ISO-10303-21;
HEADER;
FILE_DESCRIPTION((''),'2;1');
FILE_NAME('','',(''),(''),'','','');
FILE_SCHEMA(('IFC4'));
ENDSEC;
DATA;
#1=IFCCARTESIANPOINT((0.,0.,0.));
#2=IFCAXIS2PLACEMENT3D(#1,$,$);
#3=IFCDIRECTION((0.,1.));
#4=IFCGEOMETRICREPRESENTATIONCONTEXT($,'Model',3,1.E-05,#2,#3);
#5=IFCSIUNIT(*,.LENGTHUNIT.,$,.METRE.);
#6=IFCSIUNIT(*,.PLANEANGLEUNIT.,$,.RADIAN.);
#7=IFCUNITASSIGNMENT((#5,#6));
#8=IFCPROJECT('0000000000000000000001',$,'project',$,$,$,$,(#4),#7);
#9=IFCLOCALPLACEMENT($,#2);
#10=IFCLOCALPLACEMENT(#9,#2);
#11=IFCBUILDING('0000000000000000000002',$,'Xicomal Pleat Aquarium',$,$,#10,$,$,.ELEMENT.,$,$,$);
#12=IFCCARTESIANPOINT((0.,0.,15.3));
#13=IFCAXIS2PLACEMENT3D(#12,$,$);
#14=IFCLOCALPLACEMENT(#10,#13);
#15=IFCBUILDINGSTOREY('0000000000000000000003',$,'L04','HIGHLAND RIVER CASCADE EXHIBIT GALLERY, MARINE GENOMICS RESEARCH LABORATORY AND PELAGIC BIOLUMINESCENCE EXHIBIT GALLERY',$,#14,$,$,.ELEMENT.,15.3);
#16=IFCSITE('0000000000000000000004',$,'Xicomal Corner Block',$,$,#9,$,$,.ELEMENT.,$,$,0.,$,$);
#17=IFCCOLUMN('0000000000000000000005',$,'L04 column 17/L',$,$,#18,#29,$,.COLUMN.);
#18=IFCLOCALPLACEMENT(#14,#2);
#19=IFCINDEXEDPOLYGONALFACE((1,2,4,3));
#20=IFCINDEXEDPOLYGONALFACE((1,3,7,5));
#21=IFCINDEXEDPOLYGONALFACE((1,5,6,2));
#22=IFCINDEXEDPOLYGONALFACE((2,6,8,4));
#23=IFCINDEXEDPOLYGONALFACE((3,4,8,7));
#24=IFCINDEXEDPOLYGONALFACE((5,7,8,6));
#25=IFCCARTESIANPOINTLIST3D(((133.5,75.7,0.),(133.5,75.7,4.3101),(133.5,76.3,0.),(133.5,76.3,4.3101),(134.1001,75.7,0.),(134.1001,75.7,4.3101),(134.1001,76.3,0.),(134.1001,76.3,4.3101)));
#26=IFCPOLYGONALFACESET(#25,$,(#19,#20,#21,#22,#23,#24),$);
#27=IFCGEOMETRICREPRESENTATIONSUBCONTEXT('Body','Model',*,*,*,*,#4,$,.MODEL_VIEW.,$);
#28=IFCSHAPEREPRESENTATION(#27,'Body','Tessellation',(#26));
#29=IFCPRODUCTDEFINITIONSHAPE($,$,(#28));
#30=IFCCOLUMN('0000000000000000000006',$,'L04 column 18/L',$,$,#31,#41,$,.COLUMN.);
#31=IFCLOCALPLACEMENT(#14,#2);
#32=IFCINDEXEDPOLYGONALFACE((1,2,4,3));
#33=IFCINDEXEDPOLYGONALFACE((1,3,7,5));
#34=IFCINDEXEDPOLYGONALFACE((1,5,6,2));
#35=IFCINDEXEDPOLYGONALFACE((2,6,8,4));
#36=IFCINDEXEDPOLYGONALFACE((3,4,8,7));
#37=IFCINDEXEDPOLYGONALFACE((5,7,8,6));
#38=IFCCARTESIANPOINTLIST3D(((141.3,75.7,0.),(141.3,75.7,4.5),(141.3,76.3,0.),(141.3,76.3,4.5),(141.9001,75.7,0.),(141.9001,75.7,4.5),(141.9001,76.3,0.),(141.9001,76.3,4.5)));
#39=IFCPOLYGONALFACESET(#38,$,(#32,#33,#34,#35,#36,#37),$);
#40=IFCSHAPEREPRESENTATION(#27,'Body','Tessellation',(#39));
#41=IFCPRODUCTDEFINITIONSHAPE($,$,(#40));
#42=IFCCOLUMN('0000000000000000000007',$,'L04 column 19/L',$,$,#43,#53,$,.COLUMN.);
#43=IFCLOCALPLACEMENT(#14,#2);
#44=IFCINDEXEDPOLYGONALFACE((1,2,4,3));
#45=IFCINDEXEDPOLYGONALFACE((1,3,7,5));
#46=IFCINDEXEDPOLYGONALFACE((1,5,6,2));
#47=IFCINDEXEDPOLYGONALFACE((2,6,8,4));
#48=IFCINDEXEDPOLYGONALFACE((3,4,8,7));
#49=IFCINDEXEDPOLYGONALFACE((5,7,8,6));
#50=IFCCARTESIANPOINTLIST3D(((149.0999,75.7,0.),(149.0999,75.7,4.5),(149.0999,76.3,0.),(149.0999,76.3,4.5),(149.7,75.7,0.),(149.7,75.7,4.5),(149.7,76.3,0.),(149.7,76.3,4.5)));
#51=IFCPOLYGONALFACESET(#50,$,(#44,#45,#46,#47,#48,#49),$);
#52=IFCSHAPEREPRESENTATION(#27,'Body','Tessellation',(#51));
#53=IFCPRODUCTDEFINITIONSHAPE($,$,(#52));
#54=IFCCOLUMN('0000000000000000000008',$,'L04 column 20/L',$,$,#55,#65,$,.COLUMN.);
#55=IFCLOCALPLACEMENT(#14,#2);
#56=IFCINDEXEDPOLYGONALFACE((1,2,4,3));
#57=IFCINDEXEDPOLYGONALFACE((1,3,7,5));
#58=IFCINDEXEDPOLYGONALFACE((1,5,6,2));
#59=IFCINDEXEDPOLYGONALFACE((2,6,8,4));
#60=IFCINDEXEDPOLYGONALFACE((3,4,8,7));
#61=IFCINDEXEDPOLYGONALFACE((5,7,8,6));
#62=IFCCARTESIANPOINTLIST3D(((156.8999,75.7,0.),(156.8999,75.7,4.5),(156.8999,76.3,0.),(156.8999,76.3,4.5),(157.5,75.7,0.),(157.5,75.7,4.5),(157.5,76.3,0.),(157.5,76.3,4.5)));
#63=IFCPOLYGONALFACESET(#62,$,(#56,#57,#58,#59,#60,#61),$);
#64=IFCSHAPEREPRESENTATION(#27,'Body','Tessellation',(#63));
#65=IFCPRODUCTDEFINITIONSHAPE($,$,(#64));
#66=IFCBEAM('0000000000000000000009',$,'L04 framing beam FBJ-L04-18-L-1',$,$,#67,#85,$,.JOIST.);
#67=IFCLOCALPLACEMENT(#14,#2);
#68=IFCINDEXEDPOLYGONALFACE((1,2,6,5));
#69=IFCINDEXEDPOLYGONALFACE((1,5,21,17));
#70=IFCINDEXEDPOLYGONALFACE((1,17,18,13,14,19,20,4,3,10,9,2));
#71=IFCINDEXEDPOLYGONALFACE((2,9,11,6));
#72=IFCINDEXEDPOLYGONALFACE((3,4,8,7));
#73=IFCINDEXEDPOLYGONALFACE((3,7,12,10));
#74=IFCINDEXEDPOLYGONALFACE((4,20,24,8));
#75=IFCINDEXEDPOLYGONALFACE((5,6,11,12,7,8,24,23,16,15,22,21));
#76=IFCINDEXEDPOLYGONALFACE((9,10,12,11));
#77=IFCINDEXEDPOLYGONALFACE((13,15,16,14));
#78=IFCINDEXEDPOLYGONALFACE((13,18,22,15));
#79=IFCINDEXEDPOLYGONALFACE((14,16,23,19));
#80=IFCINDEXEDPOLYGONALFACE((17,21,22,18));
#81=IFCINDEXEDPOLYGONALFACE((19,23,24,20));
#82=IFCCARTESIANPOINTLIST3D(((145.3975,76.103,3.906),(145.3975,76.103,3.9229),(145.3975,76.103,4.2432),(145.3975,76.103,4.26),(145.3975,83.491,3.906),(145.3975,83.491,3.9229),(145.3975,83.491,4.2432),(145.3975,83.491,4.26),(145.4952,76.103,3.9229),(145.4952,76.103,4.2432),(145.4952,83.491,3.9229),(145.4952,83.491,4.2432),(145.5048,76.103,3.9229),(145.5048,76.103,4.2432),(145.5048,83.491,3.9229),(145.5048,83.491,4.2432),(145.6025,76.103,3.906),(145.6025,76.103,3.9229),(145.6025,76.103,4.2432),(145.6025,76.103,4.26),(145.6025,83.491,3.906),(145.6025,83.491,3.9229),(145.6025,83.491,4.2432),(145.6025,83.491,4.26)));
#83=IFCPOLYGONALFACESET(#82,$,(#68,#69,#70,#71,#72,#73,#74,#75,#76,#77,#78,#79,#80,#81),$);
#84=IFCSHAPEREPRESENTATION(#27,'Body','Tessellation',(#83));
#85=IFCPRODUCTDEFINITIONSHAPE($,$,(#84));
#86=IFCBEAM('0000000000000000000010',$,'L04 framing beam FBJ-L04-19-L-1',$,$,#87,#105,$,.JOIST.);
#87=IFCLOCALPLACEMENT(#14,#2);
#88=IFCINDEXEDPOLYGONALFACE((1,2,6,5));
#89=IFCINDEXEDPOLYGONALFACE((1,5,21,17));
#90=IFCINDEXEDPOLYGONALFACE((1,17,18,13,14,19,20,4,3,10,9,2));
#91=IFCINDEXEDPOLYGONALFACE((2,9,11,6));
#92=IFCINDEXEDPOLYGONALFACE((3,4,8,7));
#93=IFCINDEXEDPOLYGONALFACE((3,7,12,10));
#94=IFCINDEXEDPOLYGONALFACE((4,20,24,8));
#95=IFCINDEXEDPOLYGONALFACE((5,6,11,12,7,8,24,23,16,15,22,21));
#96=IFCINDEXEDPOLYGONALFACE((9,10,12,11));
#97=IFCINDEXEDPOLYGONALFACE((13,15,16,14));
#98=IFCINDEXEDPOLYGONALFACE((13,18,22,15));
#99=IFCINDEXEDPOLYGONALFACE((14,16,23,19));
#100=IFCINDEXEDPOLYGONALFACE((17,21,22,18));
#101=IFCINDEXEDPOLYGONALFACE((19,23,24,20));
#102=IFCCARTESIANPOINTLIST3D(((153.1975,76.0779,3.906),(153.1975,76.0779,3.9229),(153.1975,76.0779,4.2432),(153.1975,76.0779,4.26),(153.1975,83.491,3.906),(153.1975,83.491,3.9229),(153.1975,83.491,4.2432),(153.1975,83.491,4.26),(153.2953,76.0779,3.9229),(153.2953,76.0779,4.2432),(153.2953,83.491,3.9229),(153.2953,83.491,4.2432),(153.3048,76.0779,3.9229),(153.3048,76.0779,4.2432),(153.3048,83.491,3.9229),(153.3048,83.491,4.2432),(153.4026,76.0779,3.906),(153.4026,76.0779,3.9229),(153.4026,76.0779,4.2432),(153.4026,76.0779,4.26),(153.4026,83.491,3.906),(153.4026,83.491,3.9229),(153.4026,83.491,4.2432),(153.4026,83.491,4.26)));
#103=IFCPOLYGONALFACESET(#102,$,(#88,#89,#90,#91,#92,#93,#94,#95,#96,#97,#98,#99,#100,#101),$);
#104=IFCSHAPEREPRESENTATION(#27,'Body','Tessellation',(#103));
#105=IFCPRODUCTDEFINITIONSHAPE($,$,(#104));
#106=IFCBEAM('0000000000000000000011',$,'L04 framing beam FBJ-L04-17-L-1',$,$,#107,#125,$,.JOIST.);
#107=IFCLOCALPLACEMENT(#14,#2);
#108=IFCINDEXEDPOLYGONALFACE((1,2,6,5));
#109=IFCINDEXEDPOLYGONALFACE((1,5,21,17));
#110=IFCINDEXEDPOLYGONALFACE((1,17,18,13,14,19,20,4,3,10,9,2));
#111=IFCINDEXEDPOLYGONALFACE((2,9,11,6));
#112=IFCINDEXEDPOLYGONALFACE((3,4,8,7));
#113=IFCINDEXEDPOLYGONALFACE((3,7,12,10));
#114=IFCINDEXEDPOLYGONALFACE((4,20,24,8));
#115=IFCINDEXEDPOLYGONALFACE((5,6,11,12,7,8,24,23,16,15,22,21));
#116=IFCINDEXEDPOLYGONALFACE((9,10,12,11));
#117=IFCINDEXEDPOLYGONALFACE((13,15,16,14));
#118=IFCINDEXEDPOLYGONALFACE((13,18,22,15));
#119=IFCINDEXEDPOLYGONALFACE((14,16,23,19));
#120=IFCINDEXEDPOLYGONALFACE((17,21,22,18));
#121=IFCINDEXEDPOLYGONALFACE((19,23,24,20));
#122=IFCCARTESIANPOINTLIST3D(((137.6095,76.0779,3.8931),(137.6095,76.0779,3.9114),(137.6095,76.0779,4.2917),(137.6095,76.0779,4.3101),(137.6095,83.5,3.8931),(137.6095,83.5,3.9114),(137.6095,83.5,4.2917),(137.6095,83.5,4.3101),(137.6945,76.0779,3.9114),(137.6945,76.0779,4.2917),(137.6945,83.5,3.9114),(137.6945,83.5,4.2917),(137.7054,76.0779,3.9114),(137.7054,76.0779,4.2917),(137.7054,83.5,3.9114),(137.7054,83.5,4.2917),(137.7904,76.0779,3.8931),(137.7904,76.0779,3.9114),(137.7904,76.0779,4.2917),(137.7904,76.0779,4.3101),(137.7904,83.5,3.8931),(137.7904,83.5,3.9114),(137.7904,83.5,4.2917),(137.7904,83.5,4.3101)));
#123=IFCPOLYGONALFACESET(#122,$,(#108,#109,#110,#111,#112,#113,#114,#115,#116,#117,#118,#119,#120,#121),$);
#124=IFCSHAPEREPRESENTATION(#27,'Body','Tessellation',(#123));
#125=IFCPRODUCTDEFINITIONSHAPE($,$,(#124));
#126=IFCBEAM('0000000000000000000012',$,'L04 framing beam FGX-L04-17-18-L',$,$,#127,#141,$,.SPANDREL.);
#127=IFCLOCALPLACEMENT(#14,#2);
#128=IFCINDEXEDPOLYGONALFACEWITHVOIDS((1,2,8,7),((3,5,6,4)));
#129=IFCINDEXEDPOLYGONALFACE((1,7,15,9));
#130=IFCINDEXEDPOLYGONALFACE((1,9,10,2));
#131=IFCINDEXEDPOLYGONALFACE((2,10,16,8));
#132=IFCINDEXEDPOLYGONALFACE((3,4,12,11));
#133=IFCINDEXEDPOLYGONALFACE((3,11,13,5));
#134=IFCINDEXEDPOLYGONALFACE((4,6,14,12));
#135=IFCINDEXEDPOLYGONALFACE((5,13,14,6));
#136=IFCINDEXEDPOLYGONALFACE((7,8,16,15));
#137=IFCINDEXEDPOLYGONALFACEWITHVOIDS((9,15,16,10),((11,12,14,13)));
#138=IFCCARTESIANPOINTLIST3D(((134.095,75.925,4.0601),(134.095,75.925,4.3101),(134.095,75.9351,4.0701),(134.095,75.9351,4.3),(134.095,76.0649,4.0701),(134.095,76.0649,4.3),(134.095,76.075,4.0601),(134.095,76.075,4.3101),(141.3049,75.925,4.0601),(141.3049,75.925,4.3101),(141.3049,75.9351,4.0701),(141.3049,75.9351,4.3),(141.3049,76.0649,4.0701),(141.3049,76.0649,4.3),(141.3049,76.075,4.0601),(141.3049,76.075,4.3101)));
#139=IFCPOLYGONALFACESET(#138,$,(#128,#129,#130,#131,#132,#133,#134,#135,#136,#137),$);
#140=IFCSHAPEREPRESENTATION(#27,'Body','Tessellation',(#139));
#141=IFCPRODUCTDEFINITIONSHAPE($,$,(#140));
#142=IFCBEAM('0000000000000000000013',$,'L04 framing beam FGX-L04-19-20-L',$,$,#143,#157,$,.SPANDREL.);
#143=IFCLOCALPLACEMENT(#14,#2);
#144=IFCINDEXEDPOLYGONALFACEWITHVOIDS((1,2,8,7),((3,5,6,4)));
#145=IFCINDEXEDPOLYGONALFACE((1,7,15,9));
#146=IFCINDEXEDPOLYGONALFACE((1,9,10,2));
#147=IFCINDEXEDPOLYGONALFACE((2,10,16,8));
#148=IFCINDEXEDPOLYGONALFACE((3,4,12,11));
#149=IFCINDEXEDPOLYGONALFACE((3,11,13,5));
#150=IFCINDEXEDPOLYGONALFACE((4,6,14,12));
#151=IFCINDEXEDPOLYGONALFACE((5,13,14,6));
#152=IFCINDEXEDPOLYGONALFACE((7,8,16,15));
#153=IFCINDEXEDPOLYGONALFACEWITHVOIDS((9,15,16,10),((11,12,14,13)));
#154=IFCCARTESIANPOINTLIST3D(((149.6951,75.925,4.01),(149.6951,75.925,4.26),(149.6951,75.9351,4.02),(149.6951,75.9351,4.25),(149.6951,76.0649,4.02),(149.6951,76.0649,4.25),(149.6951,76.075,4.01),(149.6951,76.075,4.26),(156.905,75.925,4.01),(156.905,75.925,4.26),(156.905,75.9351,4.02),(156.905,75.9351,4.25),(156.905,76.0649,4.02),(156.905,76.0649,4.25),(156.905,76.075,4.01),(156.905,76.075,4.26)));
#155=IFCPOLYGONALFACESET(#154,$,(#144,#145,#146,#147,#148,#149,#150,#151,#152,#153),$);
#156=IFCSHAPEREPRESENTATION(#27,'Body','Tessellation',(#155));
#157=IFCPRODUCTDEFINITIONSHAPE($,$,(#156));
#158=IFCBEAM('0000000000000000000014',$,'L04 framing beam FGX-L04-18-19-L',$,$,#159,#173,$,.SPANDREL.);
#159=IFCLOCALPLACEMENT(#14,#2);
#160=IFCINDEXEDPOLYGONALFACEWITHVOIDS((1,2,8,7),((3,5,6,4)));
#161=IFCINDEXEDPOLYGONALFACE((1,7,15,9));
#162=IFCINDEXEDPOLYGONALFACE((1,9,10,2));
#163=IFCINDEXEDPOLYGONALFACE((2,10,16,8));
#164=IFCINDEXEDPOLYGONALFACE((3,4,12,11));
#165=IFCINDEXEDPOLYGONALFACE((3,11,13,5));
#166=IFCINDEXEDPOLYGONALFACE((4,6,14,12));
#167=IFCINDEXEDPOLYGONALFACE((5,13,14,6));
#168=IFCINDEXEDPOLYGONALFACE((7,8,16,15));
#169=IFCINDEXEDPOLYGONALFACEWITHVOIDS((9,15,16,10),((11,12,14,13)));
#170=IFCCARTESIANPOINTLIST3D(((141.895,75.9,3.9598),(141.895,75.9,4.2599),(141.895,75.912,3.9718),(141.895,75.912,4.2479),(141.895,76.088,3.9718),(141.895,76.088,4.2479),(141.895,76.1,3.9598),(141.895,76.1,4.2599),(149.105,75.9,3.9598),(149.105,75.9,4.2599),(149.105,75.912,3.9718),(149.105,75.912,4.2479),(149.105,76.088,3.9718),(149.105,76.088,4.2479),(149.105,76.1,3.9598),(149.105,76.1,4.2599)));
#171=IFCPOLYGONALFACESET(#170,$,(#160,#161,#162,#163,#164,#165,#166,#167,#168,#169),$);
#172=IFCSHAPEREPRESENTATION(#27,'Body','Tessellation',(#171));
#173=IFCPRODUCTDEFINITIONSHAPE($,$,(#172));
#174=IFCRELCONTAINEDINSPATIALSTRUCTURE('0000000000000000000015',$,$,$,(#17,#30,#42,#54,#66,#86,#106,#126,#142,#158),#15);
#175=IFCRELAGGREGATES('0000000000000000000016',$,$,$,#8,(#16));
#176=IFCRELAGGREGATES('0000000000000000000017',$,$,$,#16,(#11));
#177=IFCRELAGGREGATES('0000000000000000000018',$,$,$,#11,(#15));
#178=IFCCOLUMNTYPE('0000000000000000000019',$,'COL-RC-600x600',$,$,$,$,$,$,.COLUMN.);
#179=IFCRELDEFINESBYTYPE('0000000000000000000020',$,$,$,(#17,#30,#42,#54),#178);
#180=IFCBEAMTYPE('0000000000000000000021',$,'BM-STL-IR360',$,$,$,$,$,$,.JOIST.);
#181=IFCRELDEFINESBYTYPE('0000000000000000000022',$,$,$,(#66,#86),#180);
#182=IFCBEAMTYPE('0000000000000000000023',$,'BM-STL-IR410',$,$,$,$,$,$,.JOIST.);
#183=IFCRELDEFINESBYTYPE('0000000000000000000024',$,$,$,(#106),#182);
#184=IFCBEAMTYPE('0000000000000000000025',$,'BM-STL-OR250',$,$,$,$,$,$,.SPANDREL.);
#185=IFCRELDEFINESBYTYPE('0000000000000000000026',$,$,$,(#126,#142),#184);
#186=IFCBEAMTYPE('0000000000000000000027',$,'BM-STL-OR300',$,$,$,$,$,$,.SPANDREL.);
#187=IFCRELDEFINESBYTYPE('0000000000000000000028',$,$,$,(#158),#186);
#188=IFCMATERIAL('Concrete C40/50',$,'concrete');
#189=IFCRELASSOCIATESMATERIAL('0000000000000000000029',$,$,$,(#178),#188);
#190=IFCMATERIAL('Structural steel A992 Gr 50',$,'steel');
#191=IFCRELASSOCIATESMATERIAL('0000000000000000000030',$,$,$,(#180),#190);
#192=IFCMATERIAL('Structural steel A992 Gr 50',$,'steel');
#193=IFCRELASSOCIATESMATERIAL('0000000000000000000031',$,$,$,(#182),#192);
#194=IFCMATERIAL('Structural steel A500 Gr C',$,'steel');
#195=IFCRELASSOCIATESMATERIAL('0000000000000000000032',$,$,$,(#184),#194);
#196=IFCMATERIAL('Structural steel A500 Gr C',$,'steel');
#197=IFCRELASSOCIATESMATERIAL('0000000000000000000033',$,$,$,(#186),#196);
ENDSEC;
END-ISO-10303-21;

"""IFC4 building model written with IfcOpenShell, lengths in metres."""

from ifc_helpers import new_model, si_unit, direction, frame, origin, origin_2d, place, context, subcontext, project, spatial, rectangle, hollow_rectangle, i_section, extrude, material, material_profile, profile_set, type_object, element, save


model = new_model("IFC4")

# Units and contexts
model_context = context("Model", 3, precision=1e-05, world=origin(), true_north=direction((0.0, 1.0)))
body_context = subcontext(model_context, "Body", "Model", "MODEL_VIEW")
ifc_project = project(units=[si_unit("LENGTHUNIT", "METRE"), si_unit("PLANEANGLEUNIT", "RADIAN")], contexts=[model_context])

# Site, building, storey
site_placement = place(None, origin())
site = spatial("IfcSite", under=ifc_project, at=site_placement, Name="Xicomal Corner Block", CompositionType="ELEMENT", RefElevation=0.0)
building_placement = place(site_placement, origin())
building = spatial("IfcBuilding", under=site, at=building_placement, Name="Xicomal Pleat Aquarium", CompositionType="ELEMENT")
storey_placement = place(building_placement, frame((0.0, 0.0, 15.3)))
storey = spatial("IfcBuildingStorey", under=building, at=storey_placement, Name="L04", Description="HIGHLAND RIVER CASCADE EXHIBIT GALLERY, MARINE GENOMICS RESEARCH LABORATORY AND PELAGIC BIOLUMINESCENCE EXHIBIT GALLERY", CompositionType="ELEMENT", Elevation=15.3)

# Columns
ifc_material_1 = material(Name="Concrete C40/50", Category="concrete")
ifc_material_profile_1 = material_profile(ifc_material_1, rectangle(XDim=0.6001, YDim=0.6001, at=origin_2d()), Name="RC 600x600")
ifc_profile_set_1 = profile_set([ifc_material_profile_1], Name="Concrete C40/50")
column_type = type_object("IfcColumnType", Name="COL-RC-600x600", PredefinedType="COLUMN", material=ifc_profile_set_1)
column_placement = place(storey_placement, frame((133.8, 76.0, 0.0), z_axis=(0.0, 0.0, 1.0), x_axis=(1.0, 0.0, 0.0)))
element("IfcColumn", 1, at=column_placement, inside=storey, type_object=column_type, Name="L04 column 17/L", PredefinedType="COLUMN", context=body_context, shape_type="SweptSolid", body=[
    extrude(rectangle(XDim=0.6001, YDim=0.6001, at=origin_2d()), origin(), (0.0, 0.0, 1.0), 4.3101),
])
for number, where, z_axis, x_axis, name in (
    (2, (141.6001, 76.0, 0.0), (0.0, 0.0, 1.0), (1.0, 0.0, 0.0), "L04 column 18/L"),
    (3, (149.3999, 76.0, 0.0), (0.0, 0.0, 1.0), (1.0, 0.0, 0.0), "L04 column 19/L"),
    (4, (157.2, 76.0, 0.0), (0.0, 0.0, 1.0), (1.0, 0.0, 0.0), "L04 column 20/L"),
):
    element("IfcColumn", number, at=place(storey_placement, frame(where, z_axis=z_axis, x_axis=x_axis)), inside=storey, type_object=column_type, Name=name, PredefinedType="COLUMN", context=body_context, shape_type="SweptSolid", body=[
        extrude(rectangle(XDim=0.6001, YDim=0.6001, at=origin_2d()), origin(), (0.0, 0.0, 1.0), 4.5),
    ])

# Beams
ifc_material_2 = material(Name="Structural steel A992 Gr 50", Category="steel")
ifc_material_profile_2 = material_profile(ifc_material_2, i_section(OverallWidth=0.2051, OverallDepth=0.354, WebThickness=0.0095, FlangeThickness=0.0168, at=origin_2d()), Name="IR 360x79")
ifc_profile_set_2 = profile_set([ifc_material_profile_2], Name="Structural steel A992 Gr 50")
beam_type_1 = type_object("IfcBeamType", Name="BM-STL-IR360", PredefinedType="JOIST", material=ifc_profile_set_2)
beam_1_placement = place(storey_placement, frame((145.5, 76.103, 4.083), z_axis=(0.0, 1.0, 0.0), x_axis=(-1.0, 0.0, 0.0)))
element("IfcBeam", 5, at=beam_1_placement, inside=storey, type_object=beam_type_1, Name="L04 framing beam FBJ-L04-18-L-1", PredefinedType="JOIST", context=body_context, shape_type="SweptSolid", body=[
    extrude(i_section(OverallWidth=0.2051, OverallDepth=0.354, WebThickness=0.0095, FlangeThickness=0.0168, at=origin_2d()), origin(), (0.0, 0.0, 1.0), 7.3879),
])
beam_2_placement = place(storey_placement, frame((153.3, 76.0779, 4.083), z_axis=(0.0, 1.0, 0.0), x_axis=(-1.0, 0.0, 0.0)))
element("IfcBeam", 6, at=beam_2_placement, inside=storey, type_object=beam_type_1, Name="L04 framing beam FBJ-L04-19-L-1", PredefinedType="JOIST", context=body_context, shape_type="SweptSolid", body=[
    extrude(i_section(OverallWidth=0.2051, OverallDepth=0.354, WebThickness=0.0095, FlangeThickness=0.0168, at=origin_2d()), origin(), (0.0, 0.0, 1.0), 7.4131),
])
ifc_material_3 = material(Name="Structural steel A992 Gr 50", Category="steel")
ifc_material_profile_3 = material_profile(ifc_material_3, i_section(OverallWidth=0.1809, OverallDepth=0.417, WebThickness=0.011, FlangeThickness=0.0183, at=origin_2d()), Name="IR 410x85")
ifc_profile_set_3 = profile_set([ifc_material_profile_3], Name="Structural steel A992 Gr 50")
beam_type_2 = type_object("IfcBeamType", Name="BM-STL-IR410", PredefinedType="JOIST", material=ifc_profile_set_3)
beam_3_placement = place(storey_placement, frame((137.7, 76.0779, 4.1016), z_axis=(0.0, 1.0, 0.0), x_axis=(-1.0, 0.0, 0.0)))
element("IfcBeam", 7, at=beam_3_placement, inside=storey, type_object=beam_type_2, Name="L04 framing beam FBJ-L04-17-L-1", PredefinedType="JOIST", context=body_context, shape_type="SweptSolid", body=[
    extrude(i_section(OverallWidth=0.1809, OverallDepth=0.417, WebThickness=0.011, FlangeThickness=0.0183, at=origin_2d()), origin(), (0.0, 0.0, 1.0), 7.4221),
])
ifc_material_4 = material(Name="Structural steel A500 Gr C", Category="steel")
ifc_material_profile_4 = material_profile(ifc_material_4, hollow_rectangle(XDim=0.1499, YDim=0.25, WallThickness=0.01, at=origin_2d()), Name="OR 250x150x10")
ifc_profile_set_4 = profile_set([ifc_material_profile_4], Name="Structural steel A500 Gr C")
beam_type_3 = type_object("IfcBeamType", Name="BM-STL-OR250", PredefinedType="SPANDREL", material=ifc_profile_set_4)
for number, where, z_axis, x_axis, name in (
    (8, (134.095, 76.0, 4.1851), (1.0, 0.0, 0.0), (0.0, 1.0, 0.0), "L04 framing beam FGX-L04-17-18-L"),
    (9, (149.6951, 76.0, 4.135), (1.0, 0.0, 0.0), (0.0, 1.0, 0.0), "L04 framing beam FGX-L04-19-20-L"),
):
    element("IfcBeam", number, at=place(storey_placement, frame(where, z_axis=z_axis, x_axis=x_axis)), inside=storey, type_object=beam_type_3, Name=name, PredefinedType="SPANDREL", context=body_context, shape_type="SweptSolid", body=[
        extrude(hollow_rectangle(XDim=0.1499, YDim=0.25, WallThickness=0.01, at=origin_2d()), origin(), (0.0, 0.0, 1.0), 7.21),
    ])
ifc_material_5 = material(Name="Structural steel A500 Gr C", Category="steel")
ifc_material_profile_5 = material_profile(ifc_material_5, hollow_rectangle(XDim=0.2, YDim=0.3, WallThickness=0.012, at=origin_2d()), Name="OR 300x200x12")
ifc_profile_set_5 = profile_set([ifc_material_profile_5], Name="Structural steel A500 Gr C")
beam_type_4 = type_object("IfcBeamType", Name="BM-STL-OR300", PredefinedType="SPANDREL", material=ifc_profile_set_5)
beam_4_placement = place(storey_placement, frame((141.895, 76.0, 4.1099), z_axis=(1.0, 0.0, 0.0), x_axis=(0.0, 1.0, 0.0)))
element("IfcBeam", 10, at=beam_4_placement, inside=storey, type_object=beam_type_4, Name="L04 framing beam FGX-L04-18-19-L", PredefinedType="SPANDREL", context=body_context, shape_type="SweptSolid", body=[
    extrude(hollow_rectangle(XDim=0.2, YDim=0.3, WallThickness=0.012, at=origin_2d()), origin(), (0.0, 0.0, 1.0), 7.21),
])

save(model, "model.ifc")
